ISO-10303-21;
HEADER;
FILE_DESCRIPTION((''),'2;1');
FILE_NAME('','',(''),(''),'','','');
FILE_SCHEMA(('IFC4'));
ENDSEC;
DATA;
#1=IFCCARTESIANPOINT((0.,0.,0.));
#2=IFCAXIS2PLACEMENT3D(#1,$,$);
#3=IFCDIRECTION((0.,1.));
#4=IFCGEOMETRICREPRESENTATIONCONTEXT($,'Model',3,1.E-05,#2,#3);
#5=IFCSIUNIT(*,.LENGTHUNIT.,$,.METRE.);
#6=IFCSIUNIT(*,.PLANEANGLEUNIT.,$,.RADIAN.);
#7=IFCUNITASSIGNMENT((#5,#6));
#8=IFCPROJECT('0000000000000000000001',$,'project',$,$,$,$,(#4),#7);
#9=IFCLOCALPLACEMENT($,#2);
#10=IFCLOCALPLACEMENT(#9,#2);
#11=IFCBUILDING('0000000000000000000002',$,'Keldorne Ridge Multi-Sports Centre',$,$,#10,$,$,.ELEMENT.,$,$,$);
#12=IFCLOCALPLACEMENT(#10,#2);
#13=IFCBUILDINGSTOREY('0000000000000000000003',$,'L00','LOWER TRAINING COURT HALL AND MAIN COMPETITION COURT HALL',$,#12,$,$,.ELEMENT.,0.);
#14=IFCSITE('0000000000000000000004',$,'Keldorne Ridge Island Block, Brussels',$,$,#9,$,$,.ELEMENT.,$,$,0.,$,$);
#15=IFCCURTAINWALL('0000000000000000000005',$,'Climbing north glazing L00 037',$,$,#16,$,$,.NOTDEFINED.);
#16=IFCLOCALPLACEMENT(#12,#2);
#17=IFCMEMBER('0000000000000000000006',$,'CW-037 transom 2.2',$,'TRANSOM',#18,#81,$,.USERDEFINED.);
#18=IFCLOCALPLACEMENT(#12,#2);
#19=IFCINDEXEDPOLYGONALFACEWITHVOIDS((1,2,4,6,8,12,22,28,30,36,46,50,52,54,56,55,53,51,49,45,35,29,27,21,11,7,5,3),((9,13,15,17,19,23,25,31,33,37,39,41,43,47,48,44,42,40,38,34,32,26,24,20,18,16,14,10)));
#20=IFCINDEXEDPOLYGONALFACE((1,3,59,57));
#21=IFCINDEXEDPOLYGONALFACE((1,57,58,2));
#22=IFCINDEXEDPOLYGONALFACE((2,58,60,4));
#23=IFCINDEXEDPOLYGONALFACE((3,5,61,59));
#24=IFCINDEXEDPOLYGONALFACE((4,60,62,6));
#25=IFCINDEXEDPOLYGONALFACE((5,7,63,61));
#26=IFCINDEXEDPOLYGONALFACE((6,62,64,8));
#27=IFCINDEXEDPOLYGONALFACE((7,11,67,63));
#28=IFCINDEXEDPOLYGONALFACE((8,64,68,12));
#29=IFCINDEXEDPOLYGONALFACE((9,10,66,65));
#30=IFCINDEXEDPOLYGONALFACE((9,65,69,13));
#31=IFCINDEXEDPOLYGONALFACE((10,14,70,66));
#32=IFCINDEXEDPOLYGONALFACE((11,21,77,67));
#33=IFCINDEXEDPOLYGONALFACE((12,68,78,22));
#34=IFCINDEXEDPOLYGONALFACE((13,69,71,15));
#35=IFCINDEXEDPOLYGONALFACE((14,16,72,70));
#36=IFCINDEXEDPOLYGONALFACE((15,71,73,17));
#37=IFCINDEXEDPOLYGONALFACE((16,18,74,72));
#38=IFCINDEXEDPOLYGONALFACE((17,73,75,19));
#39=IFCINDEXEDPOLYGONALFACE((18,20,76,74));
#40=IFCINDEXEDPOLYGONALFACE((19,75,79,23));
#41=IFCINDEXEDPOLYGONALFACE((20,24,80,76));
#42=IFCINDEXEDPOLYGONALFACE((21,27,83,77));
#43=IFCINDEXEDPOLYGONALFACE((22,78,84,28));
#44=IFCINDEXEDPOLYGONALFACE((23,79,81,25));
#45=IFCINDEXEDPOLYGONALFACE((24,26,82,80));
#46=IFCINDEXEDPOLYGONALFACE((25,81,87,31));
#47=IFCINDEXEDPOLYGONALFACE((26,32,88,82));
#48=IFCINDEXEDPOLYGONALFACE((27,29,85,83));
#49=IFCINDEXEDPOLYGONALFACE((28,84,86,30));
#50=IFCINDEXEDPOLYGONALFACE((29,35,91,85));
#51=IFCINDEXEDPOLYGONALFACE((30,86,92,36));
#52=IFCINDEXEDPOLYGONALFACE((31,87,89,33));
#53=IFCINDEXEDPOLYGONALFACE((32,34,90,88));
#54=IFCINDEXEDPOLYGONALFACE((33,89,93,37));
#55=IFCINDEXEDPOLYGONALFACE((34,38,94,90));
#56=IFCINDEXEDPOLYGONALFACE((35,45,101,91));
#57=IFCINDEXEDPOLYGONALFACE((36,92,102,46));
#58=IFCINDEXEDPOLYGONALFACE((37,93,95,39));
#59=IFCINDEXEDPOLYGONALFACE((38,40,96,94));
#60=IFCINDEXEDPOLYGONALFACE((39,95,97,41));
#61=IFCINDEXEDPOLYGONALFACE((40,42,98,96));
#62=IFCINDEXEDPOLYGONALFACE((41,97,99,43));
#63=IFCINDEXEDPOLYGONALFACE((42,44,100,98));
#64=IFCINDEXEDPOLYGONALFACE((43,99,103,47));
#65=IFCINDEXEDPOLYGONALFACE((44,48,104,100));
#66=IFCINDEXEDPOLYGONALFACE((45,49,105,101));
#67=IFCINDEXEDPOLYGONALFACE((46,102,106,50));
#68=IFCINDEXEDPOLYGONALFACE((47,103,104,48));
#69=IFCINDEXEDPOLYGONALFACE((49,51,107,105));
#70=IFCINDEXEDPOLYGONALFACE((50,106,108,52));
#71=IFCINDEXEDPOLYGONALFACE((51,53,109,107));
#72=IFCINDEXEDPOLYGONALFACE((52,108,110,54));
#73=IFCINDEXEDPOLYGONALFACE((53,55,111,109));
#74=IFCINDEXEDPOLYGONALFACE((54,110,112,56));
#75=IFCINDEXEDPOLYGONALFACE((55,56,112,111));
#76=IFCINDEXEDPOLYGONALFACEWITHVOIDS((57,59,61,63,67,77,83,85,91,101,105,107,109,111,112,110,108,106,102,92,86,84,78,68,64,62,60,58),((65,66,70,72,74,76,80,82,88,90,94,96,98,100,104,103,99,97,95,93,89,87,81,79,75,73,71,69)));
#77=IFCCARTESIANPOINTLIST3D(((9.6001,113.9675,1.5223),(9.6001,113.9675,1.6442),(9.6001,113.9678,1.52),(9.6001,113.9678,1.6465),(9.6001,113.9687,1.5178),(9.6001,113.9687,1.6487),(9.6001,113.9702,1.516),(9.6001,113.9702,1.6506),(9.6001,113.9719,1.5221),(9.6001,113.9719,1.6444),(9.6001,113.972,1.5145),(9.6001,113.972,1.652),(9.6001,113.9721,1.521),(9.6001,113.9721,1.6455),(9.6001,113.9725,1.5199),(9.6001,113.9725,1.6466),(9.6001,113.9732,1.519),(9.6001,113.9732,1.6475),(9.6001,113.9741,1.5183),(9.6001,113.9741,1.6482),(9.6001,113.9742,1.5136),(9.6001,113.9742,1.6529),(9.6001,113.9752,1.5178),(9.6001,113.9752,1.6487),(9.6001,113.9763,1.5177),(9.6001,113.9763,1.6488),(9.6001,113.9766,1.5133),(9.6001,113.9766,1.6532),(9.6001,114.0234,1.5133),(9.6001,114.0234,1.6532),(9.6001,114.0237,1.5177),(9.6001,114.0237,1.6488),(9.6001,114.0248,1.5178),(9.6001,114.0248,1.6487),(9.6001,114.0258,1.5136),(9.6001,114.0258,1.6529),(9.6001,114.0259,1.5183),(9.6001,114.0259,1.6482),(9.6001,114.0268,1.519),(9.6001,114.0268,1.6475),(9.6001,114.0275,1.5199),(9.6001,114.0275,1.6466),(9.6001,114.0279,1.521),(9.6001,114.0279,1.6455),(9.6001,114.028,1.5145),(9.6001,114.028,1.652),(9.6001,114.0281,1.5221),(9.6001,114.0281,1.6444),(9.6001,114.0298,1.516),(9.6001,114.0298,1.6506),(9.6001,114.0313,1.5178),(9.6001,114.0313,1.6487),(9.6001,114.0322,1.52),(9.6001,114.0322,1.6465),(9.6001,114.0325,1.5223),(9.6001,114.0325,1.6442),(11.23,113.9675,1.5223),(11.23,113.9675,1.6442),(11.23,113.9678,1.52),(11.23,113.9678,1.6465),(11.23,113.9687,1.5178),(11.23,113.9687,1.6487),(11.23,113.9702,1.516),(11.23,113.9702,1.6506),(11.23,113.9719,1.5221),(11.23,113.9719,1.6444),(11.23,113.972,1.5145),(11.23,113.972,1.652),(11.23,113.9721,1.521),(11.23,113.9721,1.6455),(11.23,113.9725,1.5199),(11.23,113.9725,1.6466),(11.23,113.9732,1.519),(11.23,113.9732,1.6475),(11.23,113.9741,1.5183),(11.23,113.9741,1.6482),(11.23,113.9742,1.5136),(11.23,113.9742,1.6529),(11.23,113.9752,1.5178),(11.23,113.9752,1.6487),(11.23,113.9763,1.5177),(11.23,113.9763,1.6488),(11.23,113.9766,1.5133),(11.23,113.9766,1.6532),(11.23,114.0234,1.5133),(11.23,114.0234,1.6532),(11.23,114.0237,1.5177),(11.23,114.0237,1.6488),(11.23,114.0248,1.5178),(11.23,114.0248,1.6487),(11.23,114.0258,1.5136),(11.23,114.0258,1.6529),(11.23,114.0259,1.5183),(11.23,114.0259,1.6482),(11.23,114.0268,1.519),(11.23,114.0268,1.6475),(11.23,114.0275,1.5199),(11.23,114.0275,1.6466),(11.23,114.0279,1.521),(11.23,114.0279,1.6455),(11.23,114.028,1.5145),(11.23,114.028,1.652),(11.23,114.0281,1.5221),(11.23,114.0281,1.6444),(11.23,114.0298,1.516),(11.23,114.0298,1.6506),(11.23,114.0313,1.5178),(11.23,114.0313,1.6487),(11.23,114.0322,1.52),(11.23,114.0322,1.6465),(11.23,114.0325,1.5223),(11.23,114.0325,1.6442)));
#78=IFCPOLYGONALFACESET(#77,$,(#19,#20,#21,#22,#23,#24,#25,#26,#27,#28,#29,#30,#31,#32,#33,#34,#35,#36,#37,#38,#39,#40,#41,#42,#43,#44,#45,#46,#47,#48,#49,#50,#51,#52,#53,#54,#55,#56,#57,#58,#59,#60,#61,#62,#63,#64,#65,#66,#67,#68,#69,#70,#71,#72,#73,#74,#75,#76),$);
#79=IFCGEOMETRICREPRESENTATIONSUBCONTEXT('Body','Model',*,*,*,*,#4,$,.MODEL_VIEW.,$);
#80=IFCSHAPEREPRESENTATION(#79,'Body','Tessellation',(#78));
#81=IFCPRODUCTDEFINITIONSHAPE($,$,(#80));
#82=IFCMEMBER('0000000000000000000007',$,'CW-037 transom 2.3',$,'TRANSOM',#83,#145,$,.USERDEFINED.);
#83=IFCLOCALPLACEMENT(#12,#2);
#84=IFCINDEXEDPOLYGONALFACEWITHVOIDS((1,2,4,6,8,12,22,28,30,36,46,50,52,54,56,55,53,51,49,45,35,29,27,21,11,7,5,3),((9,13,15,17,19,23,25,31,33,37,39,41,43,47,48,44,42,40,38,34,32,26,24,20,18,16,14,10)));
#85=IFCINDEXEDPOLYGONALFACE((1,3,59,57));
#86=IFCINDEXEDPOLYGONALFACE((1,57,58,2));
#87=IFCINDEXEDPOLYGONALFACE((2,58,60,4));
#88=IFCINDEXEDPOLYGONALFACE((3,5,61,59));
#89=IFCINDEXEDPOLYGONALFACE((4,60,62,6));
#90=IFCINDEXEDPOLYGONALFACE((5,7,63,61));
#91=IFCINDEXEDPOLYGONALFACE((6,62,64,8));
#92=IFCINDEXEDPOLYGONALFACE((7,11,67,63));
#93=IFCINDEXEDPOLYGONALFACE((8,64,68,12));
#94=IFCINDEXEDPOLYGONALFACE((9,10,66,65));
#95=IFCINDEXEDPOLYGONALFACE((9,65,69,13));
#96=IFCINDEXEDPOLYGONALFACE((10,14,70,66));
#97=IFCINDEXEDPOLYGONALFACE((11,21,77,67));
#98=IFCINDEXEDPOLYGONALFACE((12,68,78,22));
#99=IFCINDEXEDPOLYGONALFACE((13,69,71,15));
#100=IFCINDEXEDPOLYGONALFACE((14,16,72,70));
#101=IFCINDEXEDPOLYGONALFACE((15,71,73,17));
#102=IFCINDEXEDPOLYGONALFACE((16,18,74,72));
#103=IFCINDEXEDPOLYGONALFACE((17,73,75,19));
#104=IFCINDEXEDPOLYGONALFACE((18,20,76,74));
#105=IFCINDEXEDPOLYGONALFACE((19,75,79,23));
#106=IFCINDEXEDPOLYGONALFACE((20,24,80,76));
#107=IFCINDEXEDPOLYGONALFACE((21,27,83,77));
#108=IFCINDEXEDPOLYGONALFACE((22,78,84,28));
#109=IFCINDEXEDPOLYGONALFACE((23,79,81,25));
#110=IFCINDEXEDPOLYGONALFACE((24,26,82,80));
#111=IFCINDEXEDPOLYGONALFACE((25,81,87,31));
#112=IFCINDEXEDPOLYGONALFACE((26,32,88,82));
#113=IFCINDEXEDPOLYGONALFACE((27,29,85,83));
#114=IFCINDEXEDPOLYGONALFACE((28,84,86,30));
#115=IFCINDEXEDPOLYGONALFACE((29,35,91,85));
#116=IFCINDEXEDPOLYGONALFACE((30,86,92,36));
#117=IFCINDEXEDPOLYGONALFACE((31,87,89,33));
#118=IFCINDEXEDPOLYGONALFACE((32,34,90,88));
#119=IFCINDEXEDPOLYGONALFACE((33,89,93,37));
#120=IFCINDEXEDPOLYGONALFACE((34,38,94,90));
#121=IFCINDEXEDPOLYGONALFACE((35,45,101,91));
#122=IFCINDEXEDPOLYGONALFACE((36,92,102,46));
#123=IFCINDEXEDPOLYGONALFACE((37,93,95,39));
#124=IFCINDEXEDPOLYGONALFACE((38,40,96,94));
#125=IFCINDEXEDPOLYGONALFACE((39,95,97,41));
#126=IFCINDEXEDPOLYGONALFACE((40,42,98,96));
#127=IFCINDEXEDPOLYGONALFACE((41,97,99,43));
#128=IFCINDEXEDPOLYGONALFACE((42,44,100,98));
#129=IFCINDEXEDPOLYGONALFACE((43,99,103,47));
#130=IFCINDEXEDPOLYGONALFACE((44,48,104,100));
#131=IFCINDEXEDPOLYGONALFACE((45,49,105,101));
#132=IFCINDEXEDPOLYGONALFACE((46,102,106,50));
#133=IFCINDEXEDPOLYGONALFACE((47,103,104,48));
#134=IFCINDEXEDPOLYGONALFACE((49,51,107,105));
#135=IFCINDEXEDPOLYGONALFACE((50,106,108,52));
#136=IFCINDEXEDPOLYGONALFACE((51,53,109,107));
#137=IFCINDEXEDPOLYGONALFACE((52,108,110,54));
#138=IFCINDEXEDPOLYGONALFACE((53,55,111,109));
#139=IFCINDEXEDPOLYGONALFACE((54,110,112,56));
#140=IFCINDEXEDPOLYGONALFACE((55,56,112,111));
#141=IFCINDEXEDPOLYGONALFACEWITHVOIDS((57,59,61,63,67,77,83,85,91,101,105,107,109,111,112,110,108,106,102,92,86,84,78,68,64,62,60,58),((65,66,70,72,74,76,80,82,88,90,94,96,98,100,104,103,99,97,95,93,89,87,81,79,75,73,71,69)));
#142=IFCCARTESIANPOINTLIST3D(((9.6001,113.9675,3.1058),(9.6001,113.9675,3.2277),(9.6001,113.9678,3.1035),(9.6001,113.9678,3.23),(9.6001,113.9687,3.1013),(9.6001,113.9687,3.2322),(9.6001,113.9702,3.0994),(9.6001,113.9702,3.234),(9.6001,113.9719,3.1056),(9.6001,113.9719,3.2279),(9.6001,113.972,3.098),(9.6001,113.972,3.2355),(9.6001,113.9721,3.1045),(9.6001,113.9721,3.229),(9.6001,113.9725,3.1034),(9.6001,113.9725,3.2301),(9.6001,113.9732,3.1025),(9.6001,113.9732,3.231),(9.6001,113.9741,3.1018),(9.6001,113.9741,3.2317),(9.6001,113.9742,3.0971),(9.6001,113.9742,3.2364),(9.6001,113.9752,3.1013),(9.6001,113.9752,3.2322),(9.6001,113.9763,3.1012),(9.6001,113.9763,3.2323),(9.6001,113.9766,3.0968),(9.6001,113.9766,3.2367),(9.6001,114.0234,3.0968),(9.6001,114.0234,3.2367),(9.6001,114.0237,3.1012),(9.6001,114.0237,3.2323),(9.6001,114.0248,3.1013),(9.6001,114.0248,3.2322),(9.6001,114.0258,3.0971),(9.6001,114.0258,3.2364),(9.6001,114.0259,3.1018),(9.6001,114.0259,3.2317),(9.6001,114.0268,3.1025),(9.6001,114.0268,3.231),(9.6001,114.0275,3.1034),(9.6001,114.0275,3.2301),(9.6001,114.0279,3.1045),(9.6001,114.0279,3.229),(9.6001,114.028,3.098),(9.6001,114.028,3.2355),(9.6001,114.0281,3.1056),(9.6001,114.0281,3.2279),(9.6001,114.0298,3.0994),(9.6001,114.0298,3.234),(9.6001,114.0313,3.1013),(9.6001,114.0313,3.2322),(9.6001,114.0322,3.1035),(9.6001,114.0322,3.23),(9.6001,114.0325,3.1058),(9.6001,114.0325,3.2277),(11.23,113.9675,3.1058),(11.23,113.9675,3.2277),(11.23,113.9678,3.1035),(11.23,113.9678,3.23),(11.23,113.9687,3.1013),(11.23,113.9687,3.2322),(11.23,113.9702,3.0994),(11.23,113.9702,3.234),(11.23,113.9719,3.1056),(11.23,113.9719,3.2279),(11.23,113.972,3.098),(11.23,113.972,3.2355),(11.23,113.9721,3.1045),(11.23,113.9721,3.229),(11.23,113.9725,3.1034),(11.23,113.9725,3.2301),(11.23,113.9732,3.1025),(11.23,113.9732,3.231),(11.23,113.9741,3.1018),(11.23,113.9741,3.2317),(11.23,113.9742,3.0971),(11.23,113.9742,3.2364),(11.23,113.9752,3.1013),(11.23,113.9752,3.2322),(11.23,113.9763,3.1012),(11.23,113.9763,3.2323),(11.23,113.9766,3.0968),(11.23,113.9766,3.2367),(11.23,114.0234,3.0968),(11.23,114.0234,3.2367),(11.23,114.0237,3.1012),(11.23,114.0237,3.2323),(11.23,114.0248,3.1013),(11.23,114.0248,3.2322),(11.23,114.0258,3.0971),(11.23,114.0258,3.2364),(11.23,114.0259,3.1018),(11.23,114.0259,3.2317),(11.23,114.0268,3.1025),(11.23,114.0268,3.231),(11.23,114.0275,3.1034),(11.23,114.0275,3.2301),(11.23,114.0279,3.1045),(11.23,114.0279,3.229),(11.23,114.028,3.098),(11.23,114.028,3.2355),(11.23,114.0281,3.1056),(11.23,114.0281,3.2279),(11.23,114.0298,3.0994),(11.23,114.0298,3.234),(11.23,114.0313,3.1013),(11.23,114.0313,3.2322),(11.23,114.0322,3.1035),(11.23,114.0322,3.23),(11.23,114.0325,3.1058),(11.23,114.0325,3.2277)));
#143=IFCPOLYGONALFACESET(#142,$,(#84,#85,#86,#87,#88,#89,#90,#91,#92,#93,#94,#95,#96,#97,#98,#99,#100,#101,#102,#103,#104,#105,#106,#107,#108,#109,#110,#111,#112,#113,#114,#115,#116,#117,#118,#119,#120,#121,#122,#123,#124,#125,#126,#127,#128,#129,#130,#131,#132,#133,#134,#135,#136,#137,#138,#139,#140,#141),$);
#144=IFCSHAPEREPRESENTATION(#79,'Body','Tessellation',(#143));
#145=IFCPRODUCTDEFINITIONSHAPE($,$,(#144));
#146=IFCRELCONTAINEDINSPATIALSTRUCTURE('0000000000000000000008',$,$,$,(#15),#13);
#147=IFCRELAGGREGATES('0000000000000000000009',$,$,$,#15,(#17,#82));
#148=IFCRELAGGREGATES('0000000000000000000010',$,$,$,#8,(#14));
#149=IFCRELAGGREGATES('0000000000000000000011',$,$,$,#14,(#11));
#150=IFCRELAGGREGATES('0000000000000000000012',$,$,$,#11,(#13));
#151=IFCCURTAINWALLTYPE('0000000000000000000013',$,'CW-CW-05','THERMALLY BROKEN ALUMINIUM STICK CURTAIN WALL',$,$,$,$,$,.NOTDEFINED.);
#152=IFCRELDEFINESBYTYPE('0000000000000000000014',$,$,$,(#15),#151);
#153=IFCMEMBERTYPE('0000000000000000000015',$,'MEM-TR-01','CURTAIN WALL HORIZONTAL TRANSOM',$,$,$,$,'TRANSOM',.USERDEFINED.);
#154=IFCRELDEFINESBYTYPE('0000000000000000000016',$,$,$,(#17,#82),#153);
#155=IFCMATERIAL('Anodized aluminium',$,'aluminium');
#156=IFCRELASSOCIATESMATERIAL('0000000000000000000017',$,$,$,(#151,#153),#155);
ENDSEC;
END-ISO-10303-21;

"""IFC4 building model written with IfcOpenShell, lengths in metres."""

from ifc_helpers import new_model, si_unit, direction, frame, origin, origin_2d, place, context, subcontext, project, spatial, hollow_rectangle, extrude, material, material_profile, profile_set, type_object, element, aggregate, save


model = new_model("IFC4")

# Units and contexts
model_context = context("Model", 3, precision=1e-05, world=origin(), true_north=direction((0.0, 1.0)))
body_context = subcontext(model_context, "Body", "Model", "MODEL_VIEW")
ifc_project = project(units=[si_unit("LENGTHUNIT", "METRE"), si_unit("PLANEANGLEUNIT", "RADIAN")], contexts=[model_context])

# Site, building, storey
site_placement = place(None, origin())
site = spatial("IfcSite", under=ifc_project, at=site_placement, Name="Keldorne Ridge Island Block, Brussels", CompositionType="ELEMENT", RefElevation=0.0)
building_placement = place(site_placement, origin())
building = spatial("IfcBuilding", under=site, at=building_placement, Name="Keldorne Ridge Multi-Sports Centre", CompositionType="ELEMENT")
storey_placement = place(building_placement, origin())
storey = spatial("IfcBuildingStorey", under=building, at=storey_placement, Name="L00", Description="LOWER TRAINING COURT HALL AND MAIN COMPETITION COURT HALL", CompositionType="ELEMENT", Elevation=0.0)

# Curtain wall, members
ifc_material_1 = material(Name="Anodized aluminium", Category="aluminium")
curtain_wall_type = type_object("IfcCurtainWallType", Name="CW-CW-05", Description="THERMALLY BROKEN ALUMINIUM STICK CURTAIN WALL", PredefinedType="NOTDEFINED", material=ifc_material_1)
curtain_wall_placement = place(storey_placement, origin())
curtain_wall = element("IfcCurtainWall", 1, at=curtain_wall_placement, inside=storey, type_object=curtain_wall_type, Name="Climbing north glazing L00 037", PredefinedType="NOTDEFINED")
ifc_material_profile_1 = material_profile(ifc_material_1, hollow_rectangle(XDim=0.0649, YDim=0.1399, WallThickness=0.0044, InnerFilletRadius=0.0044, OuterFilletRadius=0.009, at=origin_2d()), Name="ALU TRANSOM 140x65x4.5")
ifc_profile_set_1 = profile_set([ifc_material_profile_1], Name="Anodized aluminium")
member_type_1 = type_object("IfcMemberType", Name="MEM-TR-01", Description="CURTAIN WALL HORIZONTAL TRANSOM", ElementType="TRANSOM", PredefinedType="USERDEFINED", material=ifc_profile_set_1)
member_1_placement = place(storey_placement, frame((11.23, 114.0, 1.5833), z_axis=(-1.0, 0.0, 0.0), x_axis=(0.0, -1.0, 0.0)))
member_1 = element("IfcMember", 2, at=member_1_placement, type_object=member_type_1, Name="CW-037 transom 2.2", ObjectType="TRANSOM", PredefinedType="USERDEFINED", context=body_context, shape_type="SweptSolid", body=[
    extrude(hollow_rectangle(XDim=0.0649, YDim=0.1399, WallThickness=0.0044, InnerFilletRadius=0.0044, OuterFilletRadius=0.009, at=origin_2d()), origin(), (0.0, 0.0, 1.0), 1.6299),
])
member_2_placement = place(storey_placement, frame((11.23, 114.0, 3.1667), z_axis=(-1.0, 0.0, 0.0), x_axis=(0.0, -1.0, 0.0)))
member_2 = element("IfcMember", 3, at=member_2_placement, type_object=member_type_1, Name="CW-037 transom 2.3", ObjectType="TRANSOM", PredefinedType="USERDEFINED", context=body_context, shape_type="SweptSolid", body=[
    extrude(hollow_rectangle(XDim=0.0649, YDim=0.1399, WallThickness=0.0044, InnerFilletRadius=0.0044, OuterFilletRadius=0.009, at=origin_2d()), origin(), (0.0, 0.0, 1.0), 1.6299),
])
aggregate(curtain_wall, [member_1, member_2])

save(model, "model.ifc")
